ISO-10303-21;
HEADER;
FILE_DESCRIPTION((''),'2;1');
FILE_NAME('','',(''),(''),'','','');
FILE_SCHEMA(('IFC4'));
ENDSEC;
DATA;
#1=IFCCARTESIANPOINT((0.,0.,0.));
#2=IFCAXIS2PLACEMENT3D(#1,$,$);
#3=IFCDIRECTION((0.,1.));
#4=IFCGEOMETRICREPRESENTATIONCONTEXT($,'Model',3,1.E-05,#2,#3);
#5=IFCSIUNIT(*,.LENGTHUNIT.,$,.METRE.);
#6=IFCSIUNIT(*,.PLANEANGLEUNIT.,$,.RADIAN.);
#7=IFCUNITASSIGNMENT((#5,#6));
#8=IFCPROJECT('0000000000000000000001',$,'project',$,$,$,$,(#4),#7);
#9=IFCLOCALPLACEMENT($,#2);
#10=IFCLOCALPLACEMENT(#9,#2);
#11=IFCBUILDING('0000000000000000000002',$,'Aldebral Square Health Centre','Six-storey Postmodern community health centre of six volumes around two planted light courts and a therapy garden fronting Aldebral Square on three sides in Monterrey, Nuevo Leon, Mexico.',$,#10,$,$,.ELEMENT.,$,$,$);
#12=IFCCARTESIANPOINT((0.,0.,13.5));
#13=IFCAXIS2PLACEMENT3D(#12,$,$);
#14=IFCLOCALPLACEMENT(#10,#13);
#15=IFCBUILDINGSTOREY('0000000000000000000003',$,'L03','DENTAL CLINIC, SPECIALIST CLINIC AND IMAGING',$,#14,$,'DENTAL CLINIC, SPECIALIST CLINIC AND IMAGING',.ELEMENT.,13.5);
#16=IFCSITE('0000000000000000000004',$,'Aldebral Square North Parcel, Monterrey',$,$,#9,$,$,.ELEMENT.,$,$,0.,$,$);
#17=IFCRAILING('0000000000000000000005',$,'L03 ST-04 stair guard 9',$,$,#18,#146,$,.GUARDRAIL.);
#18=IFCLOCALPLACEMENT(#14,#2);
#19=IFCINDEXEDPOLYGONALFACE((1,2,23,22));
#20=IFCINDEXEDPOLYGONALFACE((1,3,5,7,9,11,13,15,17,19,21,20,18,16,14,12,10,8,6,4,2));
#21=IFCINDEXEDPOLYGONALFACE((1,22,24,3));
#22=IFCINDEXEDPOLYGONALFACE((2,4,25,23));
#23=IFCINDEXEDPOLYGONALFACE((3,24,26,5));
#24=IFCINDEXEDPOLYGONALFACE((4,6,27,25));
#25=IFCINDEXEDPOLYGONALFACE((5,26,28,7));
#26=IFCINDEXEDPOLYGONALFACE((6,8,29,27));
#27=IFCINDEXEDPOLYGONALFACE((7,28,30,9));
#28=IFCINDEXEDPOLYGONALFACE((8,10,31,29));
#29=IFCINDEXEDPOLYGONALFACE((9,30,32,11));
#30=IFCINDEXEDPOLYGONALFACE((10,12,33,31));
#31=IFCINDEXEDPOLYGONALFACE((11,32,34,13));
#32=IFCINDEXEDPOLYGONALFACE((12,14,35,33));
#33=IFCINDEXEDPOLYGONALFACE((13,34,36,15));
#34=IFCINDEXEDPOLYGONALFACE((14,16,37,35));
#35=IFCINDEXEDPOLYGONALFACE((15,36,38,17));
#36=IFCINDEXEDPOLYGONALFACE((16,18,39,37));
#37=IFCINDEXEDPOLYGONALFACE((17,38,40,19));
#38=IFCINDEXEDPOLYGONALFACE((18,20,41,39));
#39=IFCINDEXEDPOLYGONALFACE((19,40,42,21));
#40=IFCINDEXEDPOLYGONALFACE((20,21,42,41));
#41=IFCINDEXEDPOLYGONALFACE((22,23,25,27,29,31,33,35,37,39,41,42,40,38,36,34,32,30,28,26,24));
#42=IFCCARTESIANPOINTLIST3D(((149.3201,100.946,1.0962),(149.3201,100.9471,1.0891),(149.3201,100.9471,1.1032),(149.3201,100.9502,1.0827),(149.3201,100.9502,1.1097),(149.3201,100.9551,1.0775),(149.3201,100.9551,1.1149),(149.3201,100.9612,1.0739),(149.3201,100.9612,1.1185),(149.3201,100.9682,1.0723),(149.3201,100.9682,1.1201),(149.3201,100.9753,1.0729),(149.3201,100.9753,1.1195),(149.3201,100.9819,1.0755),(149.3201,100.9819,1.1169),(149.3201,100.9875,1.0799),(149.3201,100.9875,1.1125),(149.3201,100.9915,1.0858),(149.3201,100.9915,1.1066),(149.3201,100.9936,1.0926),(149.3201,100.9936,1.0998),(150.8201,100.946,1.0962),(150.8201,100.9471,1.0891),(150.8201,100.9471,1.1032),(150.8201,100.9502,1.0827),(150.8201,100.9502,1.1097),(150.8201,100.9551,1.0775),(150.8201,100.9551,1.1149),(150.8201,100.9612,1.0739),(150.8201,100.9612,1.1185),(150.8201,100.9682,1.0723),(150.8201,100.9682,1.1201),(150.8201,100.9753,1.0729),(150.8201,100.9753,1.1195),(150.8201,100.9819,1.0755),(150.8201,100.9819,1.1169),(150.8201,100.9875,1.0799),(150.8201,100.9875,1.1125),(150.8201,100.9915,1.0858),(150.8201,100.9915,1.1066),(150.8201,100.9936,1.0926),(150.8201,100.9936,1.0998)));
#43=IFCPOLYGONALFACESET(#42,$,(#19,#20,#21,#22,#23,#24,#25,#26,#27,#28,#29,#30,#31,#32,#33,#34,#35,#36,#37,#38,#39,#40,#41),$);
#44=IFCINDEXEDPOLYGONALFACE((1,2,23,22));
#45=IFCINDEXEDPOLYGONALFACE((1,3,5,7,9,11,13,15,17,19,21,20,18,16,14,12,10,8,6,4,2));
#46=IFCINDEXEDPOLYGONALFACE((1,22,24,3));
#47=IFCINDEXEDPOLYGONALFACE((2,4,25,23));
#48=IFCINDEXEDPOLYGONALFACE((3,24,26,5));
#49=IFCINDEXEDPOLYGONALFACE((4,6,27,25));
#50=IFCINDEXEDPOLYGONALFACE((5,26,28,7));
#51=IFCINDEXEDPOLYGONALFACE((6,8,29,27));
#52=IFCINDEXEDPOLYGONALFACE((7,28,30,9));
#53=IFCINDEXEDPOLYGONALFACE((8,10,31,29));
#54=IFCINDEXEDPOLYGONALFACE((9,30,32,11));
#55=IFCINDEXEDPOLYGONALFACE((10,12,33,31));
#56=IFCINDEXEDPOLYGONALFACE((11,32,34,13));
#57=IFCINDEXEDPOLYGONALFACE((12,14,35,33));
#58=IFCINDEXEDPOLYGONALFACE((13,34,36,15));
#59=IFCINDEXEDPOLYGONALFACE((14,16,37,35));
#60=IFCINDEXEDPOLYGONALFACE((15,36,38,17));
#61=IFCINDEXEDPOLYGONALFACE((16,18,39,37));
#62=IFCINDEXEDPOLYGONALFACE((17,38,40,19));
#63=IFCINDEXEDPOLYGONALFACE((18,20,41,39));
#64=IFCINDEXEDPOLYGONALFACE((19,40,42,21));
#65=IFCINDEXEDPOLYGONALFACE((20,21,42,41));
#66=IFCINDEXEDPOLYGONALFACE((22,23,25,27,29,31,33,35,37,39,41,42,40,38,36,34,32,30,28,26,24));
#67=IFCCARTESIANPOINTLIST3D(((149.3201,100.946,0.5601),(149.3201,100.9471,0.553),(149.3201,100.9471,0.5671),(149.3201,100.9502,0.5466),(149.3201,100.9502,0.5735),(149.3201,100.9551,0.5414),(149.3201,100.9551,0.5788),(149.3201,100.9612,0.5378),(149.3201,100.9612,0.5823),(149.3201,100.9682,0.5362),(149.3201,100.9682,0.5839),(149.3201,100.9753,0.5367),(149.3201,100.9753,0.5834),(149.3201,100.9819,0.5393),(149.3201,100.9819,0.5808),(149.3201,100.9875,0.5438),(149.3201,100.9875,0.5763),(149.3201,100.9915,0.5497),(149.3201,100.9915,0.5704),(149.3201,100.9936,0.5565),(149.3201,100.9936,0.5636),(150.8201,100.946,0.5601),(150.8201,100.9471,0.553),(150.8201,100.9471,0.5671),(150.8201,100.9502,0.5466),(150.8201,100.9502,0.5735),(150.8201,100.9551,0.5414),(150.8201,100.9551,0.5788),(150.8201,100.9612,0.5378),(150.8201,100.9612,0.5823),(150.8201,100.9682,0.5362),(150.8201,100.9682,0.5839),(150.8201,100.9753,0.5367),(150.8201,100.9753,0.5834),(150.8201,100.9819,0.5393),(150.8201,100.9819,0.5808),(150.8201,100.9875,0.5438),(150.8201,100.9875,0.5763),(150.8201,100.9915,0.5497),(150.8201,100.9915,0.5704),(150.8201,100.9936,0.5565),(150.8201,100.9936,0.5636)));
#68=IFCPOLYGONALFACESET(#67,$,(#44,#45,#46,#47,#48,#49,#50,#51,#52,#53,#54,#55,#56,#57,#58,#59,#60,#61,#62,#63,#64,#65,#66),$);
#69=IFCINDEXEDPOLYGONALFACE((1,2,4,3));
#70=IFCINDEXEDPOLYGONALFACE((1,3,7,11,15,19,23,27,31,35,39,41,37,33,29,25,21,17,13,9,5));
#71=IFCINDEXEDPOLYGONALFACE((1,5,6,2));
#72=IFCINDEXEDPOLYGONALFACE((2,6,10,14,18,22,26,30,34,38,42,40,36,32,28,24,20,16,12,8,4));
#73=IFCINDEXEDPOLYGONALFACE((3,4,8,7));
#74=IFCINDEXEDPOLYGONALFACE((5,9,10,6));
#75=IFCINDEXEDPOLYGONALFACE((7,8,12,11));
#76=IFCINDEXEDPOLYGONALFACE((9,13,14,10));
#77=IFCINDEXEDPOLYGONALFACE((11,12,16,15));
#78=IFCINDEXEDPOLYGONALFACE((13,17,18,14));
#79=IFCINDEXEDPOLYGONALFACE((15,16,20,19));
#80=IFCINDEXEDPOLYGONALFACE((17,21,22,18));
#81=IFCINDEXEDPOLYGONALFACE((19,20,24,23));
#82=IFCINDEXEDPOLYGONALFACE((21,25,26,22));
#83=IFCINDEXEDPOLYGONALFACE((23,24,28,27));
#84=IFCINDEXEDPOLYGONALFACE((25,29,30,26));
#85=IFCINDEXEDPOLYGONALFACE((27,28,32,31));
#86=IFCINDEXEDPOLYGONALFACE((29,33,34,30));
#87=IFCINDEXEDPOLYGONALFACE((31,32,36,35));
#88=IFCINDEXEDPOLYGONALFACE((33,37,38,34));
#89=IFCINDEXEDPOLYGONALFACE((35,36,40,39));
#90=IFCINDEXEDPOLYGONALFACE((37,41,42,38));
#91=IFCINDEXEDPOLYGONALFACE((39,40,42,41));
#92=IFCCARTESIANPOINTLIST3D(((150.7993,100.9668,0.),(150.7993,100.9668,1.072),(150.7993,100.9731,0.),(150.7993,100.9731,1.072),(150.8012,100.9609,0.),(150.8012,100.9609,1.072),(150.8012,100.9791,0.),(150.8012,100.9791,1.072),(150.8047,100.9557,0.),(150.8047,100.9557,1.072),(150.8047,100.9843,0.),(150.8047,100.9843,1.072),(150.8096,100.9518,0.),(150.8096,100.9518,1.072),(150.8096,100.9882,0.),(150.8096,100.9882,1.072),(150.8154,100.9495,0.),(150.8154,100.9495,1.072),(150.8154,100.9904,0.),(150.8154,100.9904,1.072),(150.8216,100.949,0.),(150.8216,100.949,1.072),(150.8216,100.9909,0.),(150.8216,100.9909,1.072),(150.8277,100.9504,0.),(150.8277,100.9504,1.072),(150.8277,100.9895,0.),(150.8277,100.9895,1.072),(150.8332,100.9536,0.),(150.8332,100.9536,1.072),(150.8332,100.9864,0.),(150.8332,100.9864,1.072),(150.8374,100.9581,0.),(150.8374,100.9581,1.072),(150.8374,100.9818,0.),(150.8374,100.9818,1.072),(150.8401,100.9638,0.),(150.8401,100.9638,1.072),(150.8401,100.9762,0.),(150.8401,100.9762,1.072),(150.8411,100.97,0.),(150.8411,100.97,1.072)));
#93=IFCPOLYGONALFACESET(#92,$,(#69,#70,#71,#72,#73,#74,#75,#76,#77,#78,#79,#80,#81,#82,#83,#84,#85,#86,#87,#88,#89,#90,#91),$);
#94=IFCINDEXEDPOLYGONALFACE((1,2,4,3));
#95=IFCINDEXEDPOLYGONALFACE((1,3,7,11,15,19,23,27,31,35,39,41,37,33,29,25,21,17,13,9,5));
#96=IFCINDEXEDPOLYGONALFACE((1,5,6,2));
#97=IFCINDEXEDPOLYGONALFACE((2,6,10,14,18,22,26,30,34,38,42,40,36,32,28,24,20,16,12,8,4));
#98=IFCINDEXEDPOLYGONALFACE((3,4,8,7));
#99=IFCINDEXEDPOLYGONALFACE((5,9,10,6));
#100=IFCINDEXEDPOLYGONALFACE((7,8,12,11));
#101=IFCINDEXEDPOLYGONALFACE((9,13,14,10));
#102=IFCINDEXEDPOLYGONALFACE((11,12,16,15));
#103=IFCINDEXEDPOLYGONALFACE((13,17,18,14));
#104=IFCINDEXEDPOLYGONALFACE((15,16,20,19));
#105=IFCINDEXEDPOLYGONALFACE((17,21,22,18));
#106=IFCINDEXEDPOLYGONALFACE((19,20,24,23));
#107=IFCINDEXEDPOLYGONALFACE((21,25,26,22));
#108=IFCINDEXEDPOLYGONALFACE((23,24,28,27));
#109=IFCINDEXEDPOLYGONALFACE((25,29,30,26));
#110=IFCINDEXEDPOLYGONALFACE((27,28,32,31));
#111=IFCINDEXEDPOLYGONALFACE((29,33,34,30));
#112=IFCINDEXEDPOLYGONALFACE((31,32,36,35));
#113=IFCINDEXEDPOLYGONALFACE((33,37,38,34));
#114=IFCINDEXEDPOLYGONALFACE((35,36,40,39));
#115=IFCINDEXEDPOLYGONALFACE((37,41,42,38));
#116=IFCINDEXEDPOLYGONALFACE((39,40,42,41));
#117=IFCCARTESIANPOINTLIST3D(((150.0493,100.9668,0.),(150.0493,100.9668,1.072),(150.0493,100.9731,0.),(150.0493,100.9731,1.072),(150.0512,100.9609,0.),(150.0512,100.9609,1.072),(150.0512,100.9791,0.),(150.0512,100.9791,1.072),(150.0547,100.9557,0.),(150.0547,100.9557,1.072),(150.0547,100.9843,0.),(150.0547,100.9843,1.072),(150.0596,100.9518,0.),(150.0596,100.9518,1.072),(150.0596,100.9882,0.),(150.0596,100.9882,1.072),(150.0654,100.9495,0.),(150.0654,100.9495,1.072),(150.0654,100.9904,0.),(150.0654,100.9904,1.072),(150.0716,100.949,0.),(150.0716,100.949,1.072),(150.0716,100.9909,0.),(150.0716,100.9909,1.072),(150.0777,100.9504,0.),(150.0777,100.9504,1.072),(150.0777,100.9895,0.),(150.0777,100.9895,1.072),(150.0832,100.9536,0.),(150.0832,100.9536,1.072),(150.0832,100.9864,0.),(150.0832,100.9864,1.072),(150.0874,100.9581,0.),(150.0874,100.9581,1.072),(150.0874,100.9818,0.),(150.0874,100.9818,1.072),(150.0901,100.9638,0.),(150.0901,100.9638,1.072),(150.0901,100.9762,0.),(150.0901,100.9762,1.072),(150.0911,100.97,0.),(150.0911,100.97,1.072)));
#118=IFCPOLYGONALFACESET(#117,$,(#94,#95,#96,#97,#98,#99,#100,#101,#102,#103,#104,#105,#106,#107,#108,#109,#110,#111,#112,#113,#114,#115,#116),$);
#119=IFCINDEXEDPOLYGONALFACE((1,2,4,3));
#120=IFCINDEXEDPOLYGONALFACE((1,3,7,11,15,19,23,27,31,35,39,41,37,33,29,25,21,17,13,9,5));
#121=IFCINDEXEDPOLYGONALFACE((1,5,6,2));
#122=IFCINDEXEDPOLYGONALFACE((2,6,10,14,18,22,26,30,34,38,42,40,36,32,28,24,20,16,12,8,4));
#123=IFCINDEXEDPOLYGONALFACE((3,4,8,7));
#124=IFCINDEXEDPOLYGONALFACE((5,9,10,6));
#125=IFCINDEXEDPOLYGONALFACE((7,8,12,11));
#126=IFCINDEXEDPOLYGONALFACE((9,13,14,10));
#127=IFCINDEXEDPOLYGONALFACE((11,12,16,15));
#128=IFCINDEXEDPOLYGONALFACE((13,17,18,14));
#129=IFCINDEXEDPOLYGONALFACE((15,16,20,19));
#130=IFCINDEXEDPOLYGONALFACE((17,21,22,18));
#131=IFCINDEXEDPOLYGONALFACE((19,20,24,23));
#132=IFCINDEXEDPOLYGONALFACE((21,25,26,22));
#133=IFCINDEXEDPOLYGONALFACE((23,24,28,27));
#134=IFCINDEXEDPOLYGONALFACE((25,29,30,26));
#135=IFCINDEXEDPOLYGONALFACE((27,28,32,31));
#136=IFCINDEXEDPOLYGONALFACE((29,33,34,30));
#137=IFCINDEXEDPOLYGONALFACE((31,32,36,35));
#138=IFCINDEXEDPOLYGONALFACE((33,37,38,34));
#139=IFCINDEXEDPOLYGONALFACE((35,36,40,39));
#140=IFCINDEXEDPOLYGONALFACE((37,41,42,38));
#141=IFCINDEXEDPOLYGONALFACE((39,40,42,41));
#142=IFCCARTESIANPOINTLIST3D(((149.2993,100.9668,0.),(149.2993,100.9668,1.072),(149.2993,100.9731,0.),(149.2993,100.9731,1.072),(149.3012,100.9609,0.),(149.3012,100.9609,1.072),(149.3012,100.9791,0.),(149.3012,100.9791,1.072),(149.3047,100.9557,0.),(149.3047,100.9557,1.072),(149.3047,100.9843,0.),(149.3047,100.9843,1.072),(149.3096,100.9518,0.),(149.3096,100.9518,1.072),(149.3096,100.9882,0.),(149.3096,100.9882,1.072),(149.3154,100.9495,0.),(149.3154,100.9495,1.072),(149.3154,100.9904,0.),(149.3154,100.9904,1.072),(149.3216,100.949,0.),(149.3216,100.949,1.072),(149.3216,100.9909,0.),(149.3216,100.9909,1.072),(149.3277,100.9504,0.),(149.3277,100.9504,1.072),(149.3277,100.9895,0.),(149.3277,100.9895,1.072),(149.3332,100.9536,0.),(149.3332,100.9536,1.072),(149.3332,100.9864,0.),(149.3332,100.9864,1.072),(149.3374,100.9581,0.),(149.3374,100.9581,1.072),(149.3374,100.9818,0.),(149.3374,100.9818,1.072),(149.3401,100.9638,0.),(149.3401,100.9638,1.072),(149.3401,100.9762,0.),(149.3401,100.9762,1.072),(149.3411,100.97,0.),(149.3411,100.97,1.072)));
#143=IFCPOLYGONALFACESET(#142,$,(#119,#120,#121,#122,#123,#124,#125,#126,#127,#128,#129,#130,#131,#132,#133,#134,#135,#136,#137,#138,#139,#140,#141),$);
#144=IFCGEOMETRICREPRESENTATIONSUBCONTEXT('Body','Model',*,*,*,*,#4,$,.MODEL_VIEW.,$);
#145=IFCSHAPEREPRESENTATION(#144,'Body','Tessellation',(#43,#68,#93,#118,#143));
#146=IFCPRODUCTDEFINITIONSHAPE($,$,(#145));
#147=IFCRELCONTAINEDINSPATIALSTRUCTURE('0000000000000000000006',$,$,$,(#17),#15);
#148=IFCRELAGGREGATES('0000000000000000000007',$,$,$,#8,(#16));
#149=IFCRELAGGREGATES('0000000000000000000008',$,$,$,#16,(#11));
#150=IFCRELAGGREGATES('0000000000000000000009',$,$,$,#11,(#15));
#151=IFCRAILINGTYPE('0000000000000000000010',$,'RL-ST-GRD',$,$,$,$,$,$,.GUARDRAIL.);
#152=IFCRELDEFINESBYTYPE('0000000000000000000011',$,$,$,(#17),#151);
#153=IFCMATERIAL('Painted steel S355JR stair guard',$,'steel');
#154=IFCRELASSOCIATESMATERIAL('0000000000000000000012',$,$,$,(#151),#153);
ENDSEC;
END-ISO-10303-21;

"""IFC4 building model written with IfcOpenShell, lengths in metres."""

from ifc_helpers import new_model, si_unit, direction, frame, origin, origin_2d, place, context, subcontext, project, spatial, circle, extrude, material, type_object, element, save


model = new_model("IFC4")

# Units and contexts
model_context = context("Model", 3, precision=1e-05, world=origin(), true_north=direction((0.0, 1.0)))
body_context = subcontext(model_context, "Body", "Model", "MODEL_VIEW")
ifc_project = project(units=[si_unit("LENGTHUNIT", "METRE"), si_unit("PLANEANGLEUNIT", "RADIAN")], contexts=[model_context])

# Site, building, storey
site_placement = place(None, origin())
site = spatial("IfcSite", under=ifc_project, at=site_placement, Name="Aldebral Square North Parcel, Monterrey", CompositionType="ELEMENT", RefElevation=0.0)
building_placement = place(site_placement, origin())
building = spatial("IfcBuilding", under=site, at=building_placement, Name="Aldebral Square Health Centre", Description="Six-storey Postmodern community health centre of six volumes around two planted light courts and a therapy garden fronting Aldebral Square on three sides in Monterrey, Nuevo Leon, Mexico.", CompositionType="ELEMENT")
storey_placement = place(building_placement, frame((0.0, 0.0, 13.5)))
storey = spatial("IfcBuildingStorey", under=building, at=storey_placement, Name="L03", Description="DENTAL CLINIC, SPECIALIST CLINIC AND IMAGING", LongName="DENTAL CLINIC, SPECIALIST CLINIC AND IMAGING", CompositionType="ELEMENT", Elevation=13.5)

# Railing
ifc_material_1 = material(Name="Painted steel S355JR stair guard", Category="steel")
railing_type_1 = type_object("IfcRailingType", Name="RL-ST-GRD", PredefinedType="GUARDRAIL", material=ifc_material_1)
railing_1_placement = place(storey_placement, frame((150.8201, 100.97, 0.0)))
element("IfcRailing", 1, at=railing_1_placement, inside=storey, type_object=railing_type_1, Name="L03 ST-04 stair guard 9", PredefinedType="GUARDRAIL", context=body_context, shape_type="SweptSolid", body=[
    extrude(circle(Radius=0.0239, at=origin_2d()), frame((0.0, 0.0, 1.0962), z_axis=(-1.0, 0.0, 0.0), x_axis=(0.0, -1.0, 0.0)), (0.0, 0.0, 1.0), 1.5),
    extrude(circle(Radius=0.0239, at=origin_2d()), frame((0.0, 0.0, 0.5601), z_axis=(-1.0, 0.0, 0.0), x_axis=(0.0, -1.0, 0.0)), (0.0, 0.0, 1.0), 1.5),
    extrude(circle(Radius=0.021, at=origin_2d()), origin(), (0.0, 0.0, 1.0), 1.072),
    extrude(circle(Radius=0.021, at=origin_2d()), frame((-0.75, 0.0, 0.0)), (0.0, 0.0, 1.0), 1.072),
    extrude(circle(Radius=0.021, at=origin_2d()), frame((-1.5, 0.0, 0.0)), (0.0, 0.0, 1.0), 1.072),
])

save(model, "model.ifc")
